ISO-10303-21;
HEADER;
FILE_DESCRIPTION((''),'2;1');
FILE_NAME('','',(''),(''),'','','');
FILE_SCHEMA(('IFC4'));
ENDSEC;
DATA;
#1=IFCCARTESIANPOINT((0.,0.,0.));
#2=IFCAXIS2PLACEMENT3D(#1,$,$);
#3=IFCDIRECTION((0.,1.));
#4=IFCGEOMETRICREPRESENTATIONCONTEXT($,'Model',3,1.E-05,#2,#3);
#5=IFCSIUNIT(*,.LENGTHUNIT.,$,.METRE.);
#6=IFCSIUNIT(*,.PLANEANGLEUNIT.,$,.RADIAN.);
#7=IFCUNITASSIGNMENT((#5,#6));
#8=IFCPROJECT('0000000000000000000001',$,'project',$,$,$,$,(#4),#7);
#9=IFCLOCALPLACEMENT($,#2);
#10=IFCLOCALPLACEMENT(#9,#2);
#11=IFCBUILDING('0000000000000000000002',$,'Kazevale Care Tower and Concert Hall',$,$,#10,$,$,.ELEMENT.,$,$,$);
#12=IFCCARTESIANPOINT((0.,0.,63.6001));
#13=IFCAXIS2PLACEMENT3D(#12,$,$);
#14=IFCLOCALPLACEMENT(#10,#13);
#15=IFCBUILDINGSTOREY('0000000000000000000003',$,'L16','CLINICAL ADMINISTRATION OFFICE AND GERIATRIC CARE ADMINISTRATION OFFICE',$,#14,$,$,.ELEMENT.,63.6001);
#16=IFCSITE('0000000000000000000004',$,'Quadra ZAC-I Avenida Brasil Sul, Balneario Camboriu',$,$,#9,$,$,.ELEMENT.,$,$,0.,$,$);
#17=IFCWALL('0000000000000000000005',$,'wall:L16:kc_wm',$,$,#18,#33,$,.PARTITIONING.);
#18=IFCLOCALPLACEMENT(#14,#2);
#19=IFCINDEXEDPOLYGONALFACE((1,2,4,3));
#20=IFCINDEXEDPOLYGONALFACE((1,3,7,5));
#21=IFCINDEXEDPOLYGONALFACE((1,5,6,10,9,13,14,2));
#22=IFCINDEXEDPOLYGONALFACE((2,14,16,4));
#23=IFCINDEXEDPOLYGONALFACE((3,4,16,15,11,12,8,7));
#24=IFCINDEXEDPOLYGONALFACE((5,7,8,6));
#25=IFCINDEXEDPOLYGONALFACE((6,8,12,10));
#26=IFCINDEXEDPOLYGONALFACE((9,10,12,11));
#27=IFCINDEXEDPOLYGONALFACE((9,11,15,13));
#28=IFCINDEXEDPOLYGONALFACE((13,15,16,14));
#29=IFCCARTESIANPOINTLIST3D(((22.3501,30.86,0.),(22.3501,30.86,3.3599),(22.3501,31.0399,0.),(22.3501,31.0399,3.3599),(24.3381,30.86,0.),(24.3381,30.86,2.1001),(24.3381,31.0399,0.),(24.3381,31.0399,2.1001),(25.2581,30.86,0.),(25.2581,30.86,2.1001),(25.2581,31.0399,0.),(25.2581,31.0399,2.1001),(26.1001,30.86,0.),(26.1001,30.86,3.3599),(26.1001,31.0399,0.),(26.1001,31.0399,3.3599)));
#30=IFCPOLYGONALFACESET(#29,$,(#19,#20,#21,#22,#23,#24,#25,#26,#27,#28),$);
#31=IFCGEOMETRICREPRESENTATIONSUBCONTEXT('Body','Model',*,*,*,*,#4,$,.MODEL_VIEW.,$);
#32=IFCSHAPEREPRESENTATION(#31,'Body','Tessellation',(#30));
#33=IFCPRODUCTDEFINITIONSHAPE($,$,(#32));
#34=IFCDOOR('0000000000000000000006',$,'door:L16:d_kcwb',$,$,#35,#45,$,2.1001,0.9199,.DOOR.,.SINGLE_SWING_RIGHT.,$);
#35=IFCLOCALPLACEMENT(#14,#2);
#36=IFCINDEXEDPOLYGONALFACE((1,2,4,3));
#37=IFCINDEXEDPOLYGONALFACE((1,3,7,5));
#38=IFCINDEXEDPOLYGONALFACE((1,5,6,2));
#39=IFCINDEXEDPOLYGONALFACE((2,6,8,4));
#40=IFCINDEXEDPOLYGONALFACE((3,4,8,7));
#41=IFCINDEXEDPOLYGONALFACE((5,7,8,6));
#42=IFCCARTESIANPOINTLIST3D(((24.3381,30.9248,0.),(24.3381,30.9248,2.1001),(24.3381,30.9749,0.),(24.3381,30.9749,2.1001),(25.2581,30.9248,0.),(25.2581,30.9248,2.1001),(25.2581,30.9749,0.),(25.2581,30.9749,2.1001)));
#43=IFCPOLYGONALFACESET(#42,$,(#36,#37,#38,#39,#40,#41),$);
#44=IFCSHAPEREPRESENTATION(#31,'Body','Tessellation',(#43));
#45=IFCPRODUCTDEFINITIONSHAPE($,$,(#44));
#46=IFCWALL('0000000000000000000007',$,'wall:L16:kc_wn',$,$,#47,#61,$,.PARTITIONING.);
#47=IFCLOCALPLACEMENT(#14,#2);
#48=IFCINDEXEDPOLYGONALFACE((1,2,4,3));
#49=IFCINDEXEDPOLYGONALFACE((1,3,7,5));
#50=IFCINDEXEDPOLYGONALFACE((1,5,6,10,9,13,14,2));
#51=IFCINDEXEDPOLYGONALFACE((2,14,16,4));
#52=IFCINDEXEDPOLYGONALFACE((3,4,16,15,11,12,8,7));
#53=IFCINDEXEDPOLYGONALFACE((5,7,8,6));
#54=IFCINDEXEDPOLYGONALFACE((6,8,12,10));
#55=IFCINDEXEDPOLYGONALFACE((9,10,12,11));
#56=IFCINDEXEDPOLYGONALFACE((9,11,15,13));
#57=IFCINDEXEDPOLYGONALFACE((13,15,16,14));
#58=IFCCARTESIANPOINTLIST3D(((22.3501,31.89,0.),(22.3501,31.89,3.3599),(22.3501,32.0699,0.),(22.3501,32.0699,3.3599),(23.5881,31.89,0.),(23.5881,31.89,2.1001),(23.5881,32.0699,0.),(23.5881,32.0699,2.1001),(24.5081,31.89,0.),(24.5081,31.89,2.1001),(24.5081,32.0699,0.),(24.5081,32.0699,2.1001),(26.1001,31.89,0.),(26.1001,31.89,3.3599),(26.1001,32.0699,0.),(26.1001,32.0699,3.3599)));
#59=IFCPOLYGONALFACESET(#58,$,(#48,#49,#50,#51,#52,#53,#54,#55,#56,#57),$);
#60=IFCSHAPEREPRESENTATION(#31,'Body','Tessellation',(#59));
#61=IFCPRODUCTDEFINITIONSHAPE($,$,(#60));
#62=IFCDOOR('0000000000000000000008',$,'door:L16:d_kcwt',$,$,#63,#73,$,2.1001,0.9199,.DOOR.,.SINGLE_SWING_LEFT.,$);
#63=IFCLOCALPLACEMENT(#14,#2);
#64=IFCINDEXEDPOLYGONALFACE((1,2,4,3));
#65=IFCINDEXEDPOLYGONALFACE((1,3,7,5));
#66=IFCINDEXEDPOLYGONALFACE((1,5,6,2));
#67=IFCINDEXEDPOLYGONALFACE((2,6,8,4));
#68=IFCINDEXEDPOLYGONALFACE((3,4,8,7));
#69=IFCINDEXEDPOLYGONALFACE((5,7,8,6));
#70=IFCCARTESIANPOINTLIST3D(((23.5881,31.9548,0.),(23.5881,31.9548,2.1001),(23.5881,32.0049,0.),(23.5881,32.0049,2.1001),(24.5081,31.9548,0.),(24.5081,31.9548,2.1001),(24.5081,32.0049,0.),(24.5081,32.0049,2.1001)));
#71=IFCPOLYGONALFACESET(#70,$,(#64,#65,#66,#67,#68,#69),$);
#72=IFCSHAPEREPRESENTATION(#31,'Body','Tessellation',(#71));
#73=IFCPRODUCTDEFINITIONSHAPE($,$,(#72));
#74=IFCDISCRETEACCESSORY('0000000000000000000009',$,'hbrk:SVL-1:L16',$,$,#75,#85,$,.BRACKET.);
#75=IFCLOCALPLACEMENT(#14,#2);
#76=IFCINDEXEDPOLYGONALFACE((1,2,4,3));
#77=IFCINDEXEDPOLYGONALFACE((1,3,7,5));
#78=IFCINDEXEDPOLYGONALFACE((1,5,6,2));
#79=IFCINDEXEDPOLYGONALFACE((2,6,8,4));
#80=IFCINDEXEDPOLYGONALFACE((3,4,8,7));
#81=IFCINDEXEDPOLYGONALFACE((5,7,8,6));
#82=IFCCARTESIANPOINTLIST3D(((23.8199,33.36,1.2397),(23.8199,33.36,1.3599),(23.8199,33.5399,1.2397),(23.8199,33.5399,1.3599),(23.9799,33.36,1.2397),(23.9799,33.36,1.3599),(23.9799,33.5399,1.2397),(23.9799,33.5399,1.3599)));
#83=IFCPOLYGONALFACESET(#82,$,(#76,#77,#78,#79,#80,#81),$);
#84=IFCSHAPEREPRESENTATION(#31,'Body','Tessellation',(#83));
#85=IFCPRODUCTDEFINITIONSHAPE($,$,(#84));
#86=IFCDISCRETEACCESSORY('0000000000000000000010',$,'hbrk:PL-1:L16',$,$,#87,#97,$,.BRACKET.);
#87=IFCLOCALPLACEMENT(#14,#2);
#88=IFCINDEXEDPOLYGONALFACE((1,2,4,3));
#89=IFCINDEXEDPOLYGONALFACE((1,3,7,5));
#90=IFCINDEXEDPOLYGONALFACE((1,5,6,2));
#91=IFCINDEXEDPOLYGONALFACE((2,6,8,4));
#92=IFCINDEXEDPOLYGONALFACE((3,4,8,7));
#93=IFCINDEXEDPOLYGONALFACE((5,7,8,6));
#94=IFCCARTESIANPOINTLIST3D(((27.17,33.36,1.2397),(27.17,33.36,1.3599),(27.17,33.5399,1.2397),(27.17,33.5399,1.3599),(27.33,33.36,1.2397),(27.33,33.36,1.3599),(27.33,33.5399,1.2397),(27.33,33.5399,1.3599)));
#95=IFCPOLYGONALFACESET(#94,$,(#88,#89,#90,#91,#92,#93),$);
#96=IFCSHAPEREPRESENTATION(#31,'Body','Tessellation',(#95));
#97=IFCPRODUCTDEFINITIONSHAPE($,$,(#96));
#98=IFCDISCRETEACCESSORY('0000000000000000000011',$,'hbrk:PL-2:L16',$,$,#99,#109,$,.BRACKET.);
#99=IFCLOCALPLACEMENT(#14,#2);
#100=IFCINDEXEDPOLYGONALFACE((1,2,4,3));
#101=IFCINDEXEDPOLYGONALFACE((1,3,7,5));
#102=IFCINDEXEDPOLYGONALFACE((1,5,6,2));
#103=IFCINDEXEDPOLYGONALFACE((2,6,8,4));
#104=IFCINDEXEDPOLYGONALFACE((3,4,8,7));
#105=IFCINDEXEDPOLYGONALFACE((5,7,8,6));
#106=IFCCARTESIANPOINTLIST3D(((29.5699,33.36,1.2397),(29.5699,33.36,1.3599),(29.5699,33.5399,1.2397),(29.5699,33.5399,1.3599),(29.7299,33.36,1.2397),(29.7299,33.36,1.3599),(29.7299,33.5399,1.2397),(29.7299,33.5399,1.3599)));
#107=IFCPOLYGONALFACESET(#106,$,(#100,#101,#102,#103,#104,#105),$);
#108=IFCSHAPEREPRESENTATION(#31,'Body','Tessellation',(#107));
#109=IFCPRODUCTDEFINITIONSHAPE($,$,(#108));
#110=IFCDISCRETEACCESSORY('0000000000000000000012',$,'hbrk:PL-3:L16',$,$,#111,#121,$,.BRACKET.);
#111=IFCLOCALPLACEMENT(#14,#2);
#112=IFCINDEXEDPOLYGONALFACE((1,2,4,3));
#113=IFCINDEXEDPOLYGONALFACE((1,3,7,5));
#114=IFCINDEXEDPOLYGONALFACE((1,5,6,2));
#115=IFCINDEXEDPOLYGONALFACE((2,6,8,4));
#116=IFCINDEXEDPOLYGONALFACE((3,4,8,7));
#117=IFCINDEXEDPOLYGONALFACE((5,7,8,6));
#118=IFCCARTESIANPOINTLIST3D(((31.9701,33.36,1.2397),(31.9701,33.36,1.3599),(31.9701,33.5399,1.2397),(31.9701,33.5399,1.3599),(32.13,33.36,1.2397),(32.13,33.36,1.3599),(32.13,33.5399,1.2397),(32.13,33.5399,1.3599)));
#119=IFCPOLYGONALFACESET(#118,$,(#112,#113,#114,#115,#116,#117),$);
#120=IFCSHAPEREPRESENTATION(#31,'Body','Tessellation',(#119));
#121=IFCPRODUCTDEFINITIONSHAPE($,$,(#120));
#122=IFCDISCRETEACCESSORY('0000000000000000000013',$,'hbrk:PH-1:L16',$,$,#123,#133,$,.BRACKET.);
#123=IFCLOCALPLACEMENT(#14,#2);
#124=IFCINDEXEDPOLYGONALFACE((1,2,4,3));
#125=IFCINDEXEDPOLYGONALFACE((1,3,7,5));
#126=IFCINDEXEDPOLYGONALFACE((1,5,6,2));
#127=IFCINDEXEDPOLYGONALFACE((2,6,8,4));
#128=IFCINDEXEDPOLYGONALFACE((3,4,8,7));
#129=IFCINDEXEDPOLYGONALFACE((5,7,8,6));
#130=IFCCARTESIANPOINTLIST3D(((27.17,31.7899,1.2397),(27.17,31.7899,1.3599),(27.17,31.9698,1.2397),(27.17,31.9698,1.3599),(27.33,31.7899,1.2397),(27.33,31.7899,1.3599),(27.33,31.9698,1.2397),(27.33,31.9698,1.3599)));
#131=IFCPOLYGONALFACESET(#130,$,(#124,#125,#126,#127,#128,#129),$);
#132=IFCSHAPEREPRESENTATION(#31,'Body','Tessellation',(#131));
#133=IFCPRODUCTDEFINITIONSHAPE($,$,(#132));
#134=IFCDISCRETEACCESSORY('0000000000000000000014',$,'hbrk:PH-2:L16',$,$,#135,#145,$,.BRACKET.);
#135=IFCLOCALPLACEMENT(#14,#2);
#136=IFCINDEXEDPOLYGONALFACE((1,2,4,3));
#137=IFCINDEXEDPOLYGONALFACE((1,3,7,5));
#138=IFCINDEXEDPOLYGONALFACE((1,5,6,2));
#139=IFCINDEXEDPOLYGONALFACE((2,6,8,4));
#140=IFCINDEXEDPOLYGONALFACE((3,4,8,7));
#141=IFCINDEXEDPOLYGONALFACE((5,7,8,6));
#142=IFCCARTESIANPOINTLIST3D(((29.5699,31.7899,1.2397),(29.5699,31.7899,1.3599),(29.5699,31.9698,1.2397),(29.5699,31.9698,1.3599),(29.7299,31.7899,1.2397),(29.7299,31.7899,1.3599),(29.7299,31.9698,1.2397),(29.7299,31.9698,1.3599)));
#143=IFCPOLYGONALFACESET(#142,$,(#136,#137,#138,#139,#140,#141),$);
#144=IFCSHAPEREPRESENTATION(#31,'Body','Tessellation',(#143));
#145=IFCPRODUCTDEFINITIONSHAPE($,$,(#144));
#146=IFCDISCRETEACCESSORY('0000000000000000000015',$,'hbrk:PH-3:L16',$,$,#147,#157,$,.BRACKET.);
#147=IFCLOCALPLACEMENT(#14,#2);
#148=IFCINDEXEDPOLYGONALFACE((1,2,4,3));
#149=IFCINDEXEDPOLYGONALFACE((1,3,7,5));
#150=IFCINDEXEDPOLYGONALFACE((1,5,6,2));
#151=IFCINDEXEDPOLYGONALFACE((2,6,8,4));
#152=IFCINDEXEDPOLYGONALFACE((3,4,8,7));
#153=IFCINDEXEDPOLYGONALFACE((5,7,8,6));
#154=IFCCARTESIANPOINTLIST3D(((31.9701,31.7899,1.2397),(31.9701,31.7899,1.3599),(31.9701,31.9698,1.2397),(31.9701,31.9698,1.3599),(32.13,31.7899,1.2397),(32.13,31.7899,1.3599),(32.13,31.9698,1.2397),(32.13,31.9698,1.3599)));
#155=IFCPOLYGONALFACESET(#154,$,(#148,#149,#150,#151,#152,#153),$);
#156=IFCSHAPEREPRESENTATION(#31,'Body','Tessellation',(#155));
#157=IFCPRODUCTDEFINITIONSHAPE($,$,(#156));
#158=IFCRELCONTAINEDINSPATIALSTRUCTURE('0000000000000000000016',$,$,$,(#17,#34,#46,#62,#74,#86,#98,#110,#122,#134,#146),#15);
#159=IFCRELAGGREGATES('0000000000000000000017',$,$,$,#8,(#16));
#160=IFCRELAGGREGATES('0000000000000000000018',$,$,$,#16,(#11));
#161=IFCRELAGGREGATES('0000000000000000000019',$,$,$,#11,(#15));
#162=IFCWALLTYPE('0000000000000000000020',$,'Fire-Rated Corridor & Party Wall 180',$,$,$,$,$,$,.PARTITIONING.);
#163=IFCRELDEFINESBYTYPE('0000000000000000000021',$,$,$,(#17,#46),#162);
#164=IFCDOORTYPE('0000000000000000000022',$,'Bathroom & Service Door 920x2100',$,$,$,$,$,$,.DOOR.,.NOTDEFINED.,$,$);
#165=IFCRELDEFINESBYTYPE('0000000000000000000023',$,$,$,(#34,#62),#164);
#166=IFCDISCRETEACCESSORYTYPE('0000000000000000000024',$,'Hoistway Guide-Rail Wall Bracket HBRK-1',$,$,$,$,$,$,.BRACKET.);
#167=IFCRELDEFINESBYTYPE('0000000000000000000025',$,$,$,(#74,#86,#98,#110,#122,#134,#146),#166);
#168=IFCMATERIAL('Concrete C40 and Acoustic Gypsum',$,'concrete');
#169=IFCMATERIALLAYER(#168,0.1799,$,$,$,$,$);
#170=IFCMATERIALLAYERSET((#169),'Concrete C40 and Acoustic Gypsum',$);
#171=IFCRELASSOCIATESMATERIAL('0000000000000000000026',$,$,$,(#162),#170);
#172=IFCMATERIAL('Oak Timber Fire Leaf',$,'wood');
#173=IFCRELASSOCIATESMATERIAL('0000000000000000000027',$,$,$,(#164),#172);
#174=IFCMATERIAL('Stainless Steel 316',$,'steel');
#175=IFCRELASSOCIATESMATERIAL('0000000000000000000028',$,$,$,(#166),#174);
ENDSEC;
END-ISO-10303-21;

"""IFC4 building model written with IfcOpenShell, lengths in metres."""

from ifc_helpers import new_model, si_unit, direction, frame, frame_2d, origin, origin_2d, place, context, subcontext, project, spatial, rectangle, extrude, material, layer, layer_set, type_object, element, fill, save


model = new_model("IFC4")

# Units and contexts
model_context = context("Model", 3, precision=1e-05, world=origin(), true_north=direction((0.0, 1.0)))
body_context = subcontext(model_context, "Body", "Model", "MODEL_VIEW")
ifc_project = project(units=[si_unit("LENGTHUNIT", "METRE"), si_unit("PLANEANGLEUNIT", "RADIAN")], contexts=[model_context])

# Site, building, storey
site_placement = place(None, origin())
site = spatial("IfcSite", under=ifc_project, at=site_placement, Name="Quadra ZAC-I Avenida Brasil Sul, Balneario Camboriu", CompositionType="ELEMENT", RefElevation=0.0)
building_placement = place(site_placement, origin())
building = spatial("IfcBuilding", under=site, at=building_placement, Name="Kazevale Care Tower and Concert Hall", CompositionType="ELEMENT")
storey_placement = place(building_placement, frame((0.0, 0.0, 63.6001)))
storey = spatial("IfcBuildingStorey", under=building, at=storey_placement, Name="L16", Description="CLINICAL ADMINISTRATION OFFICE AND GERIATRIC CARE ADMINISTRATION OFFICE", CompositionType="ELEMENT", Elevation=63.6001)

# Shared definitions
ifc_material_1 = material(Name="Stainless Steel 316", Category="steel")

# Walls, openings, doors
ifc_material_2 = material(Name="Concrete C40 and Acoustic Gypsum", Category="concrete")
ifc_layer_1 = layer(ifc_material_2, 0.1799)
ifc_layer_set_1 = layer_set([ifc_layer_1], Name="Concrete C40 and Acoustic Gypsum")
wall_type_1 = type_object("IfcWallType", Name="Fire-Rated Corridor & Party Wall 180", PredefinedType="PARTITIONING", material=ifc_layer_set_1)
wall_1_placement = place(storey_placement, frame((22.3501, 30.95, 0.0), z_axis=(0.0, 0.0, 1.0), x_axis=(1.0, 0.0, 0.0)))
wall_1 = element("IfcWall", 1, at=wall_1_placement, inside=storey, type_object=wall_type_1, Name="wall:L16:kc_wm", PredefinedType="PARTITIONING", context=body_context, shape_type="SweptSolid", body=[
    extrude(rectangle(XDim=3.75, YDim=0.1799, at=frame_2d((1.875, 0.0))), origin(), (0.0, 0.0, 1.0), 3.3599),
])
opening_1_placement = place(wall_1_placement, frame((1.988, 0.0, 0.0)))
opening_1 = element("IfcOpeningElement", 2, at=opening_1_placement, cuts=wall_1, PredefinedType="OPENING", context=body_context, shape_type="SweptSolid", body=[
    extrude(rectangle(XDim=0.9199, YDim=2.1001, at=frame_2d((0.46, 1.05))), frame((0.0, 0.0999, 0.0), z_axis=(0.0, -1.0, 0.0), x_axis=(1.0, 0.0, 0.0)), (0.0, 0.0, 1.0), 0.2),
])
ifc_material_3 = material(Name="Oak Timber Fire Leaf", Category="wood")
door_type_1 = type_object("IfcDoorType", Name="Bathroom & Service Door 920x2100", OperationType="NOTDEFINED", PredefinedType="DOOR", material=ifc_material_3)
door_1_placement = place(opening_1_placement, origin())
door_1 = element("IfcDoor", 3, at=door_1_placement, inside=storey, type_object=door_type_1, Name="door:L16:d_kcwb", OperationType="SINGLE_SWING_RIGHT", OverallHeight=2.1001, OverallWidth=0.9199, PredefinedType="DOOR", context=body_context, shape_type="SweptSolid", body=[
    extrude(rectangle(XDim=0.9199, YDim=2.1001, at=frame_2d((0.46, 1.05))), frame((0.0, 0.0249, 0.0), z_axis=(0.0, -1.0, 0.0), x_axis=(1.0, 0.0, 0.0)), (0.0, 0.0, 1.0), 0.05),
])
fill(opening_1, door_1)
wall_2_placement = place(storey_placement, frame((22.3501, 31.98, 0.0), z_axis=(0.0, 0.0, 1.0), x_axis=(1.0, 0.0, 0.0)))
wall_2 = element("IfcWall", 4, at=wall_2_placement, inside=storey, type_object=wall_type_1, Name="wall:L16:kc_wn", PredefinedType="PARTITIONING", context=body_context, shape_type="SweptSolid", body=[
    extrude(rectangle(XDim=3.75, YDim=0.1799, at=frame_2d((1.875, 0.0))), origin(), (0.0, 0.0, 1.0), 3.3599),
])
opening_2_placement = place(wall_2_placement, frame((1.238, 0.0, 0.0)))
opening_2 = element("IfcOpeningElement", 5, at=opening_2_placement, cuts=wall_2, PredefinedType="OPENING", context=body_context, shape_type="SweptSolid", body=[
    extrude(rectangle(XDim=0.9199, YDim=2.1001, at=frame_2d((0.46, 1.05))), frame((0.0, 0.0999, 0.0), z_axis=(0.0, -1.0, 0.0), x_axis=(1.0, 0.0, 0.0)), (0.0, 0.0, 1.0), 0.2),
])
door_2_placement = place(opening_2_placement, origin())
door_2 = element("IfcDoor", 6, at=door_2_placement, inside=storey, type_object=door_type_1, Name="door:L16:d_kcwt", OperationType="SINGLE_SWING_LEFT", OverallHeight=2.1001, OverallWidth=0.9199, PredefinedType="DOOR", context=body_context, shape_type="SweptSolid", body=[
    extrude(rectangle(XDim=0.9199, YDim=2.1001, at=frame_2d((0.46, 1.05))), frame((0.0, 0.0249, 0.0), z_axis=(0.0, -1.0, 0.0), x_axis=(1.0, 0.0, 0.0)), (0.0, 0.0, 1.0), 0.05),
])
fill(opening_2, door_2)

# Discrete accessories
discrete_accessory_type = type_object("IfcDiscreteAccessoryType", Name="Hoistway Guide-Rail Wall Bracket HBRK-1", PredefinedType="BRACKET", material=ifc_material_1)
for number, where, z_axis, x_axis, name in (
    (7, (23.8999, 33.45, 1.2397), (0.0, 0.0, 1.0), (1.0, 0.0, 0.0), "hbrk:SVL-1:L16"),
    (8, (27.25, 33.45, 1.2397), (0.0, 0.0, 1.0), (1.0, 0.0, 0.0), "hbrk:PL-1:L16"),
    (9, (29.6499, 33.45, 1.2397), (0.0, 0.0, 1.0), (1.0, 0.0, 0.0), "hbrk:PL-2:L16"),
    (10, (32.05, 33.45, 1.2397), (0.0, 0.0, 1.0), (1.0, 0.0, 0.0), "hbrk:PL-3:L16"),
    (11, (27.25, 31.8799, 1.2397), (0.0, 0.0, 1.0), (1.0, 0.0, 0.0), "hbrk:PH-1:L16"),
    (12, (29.6499, 31.8799, 1.2397), (0.0, 0.0, 1.0), (1.0, 0.0, 0.0), "hbrk:PH-2:L16"),
    (13, (32.05, 31.8799, 1.2397), (0.0, 0.0, 1.0), (1.0, 0.0, 0.0), "hbrk:PH-3:L16"),
):
    element("IfcDiscreteAccessory", number, at=place(storey_placement, frame(where, z_axis=z_axis, x_axis=x_axis)), inside=storey, type_object=discrete_accessory_type, Name=name, PredefinedType="BRACKET", context=body_context, shape_type="SweptSolid", body=[
        extrude(rectangle(XDim=0.1599, YDim=0.1799, at=origin_2d()), origin(), (0.0, 0.0, 1.0), 0.1201),
    ])

save(model, "model.ifc")
